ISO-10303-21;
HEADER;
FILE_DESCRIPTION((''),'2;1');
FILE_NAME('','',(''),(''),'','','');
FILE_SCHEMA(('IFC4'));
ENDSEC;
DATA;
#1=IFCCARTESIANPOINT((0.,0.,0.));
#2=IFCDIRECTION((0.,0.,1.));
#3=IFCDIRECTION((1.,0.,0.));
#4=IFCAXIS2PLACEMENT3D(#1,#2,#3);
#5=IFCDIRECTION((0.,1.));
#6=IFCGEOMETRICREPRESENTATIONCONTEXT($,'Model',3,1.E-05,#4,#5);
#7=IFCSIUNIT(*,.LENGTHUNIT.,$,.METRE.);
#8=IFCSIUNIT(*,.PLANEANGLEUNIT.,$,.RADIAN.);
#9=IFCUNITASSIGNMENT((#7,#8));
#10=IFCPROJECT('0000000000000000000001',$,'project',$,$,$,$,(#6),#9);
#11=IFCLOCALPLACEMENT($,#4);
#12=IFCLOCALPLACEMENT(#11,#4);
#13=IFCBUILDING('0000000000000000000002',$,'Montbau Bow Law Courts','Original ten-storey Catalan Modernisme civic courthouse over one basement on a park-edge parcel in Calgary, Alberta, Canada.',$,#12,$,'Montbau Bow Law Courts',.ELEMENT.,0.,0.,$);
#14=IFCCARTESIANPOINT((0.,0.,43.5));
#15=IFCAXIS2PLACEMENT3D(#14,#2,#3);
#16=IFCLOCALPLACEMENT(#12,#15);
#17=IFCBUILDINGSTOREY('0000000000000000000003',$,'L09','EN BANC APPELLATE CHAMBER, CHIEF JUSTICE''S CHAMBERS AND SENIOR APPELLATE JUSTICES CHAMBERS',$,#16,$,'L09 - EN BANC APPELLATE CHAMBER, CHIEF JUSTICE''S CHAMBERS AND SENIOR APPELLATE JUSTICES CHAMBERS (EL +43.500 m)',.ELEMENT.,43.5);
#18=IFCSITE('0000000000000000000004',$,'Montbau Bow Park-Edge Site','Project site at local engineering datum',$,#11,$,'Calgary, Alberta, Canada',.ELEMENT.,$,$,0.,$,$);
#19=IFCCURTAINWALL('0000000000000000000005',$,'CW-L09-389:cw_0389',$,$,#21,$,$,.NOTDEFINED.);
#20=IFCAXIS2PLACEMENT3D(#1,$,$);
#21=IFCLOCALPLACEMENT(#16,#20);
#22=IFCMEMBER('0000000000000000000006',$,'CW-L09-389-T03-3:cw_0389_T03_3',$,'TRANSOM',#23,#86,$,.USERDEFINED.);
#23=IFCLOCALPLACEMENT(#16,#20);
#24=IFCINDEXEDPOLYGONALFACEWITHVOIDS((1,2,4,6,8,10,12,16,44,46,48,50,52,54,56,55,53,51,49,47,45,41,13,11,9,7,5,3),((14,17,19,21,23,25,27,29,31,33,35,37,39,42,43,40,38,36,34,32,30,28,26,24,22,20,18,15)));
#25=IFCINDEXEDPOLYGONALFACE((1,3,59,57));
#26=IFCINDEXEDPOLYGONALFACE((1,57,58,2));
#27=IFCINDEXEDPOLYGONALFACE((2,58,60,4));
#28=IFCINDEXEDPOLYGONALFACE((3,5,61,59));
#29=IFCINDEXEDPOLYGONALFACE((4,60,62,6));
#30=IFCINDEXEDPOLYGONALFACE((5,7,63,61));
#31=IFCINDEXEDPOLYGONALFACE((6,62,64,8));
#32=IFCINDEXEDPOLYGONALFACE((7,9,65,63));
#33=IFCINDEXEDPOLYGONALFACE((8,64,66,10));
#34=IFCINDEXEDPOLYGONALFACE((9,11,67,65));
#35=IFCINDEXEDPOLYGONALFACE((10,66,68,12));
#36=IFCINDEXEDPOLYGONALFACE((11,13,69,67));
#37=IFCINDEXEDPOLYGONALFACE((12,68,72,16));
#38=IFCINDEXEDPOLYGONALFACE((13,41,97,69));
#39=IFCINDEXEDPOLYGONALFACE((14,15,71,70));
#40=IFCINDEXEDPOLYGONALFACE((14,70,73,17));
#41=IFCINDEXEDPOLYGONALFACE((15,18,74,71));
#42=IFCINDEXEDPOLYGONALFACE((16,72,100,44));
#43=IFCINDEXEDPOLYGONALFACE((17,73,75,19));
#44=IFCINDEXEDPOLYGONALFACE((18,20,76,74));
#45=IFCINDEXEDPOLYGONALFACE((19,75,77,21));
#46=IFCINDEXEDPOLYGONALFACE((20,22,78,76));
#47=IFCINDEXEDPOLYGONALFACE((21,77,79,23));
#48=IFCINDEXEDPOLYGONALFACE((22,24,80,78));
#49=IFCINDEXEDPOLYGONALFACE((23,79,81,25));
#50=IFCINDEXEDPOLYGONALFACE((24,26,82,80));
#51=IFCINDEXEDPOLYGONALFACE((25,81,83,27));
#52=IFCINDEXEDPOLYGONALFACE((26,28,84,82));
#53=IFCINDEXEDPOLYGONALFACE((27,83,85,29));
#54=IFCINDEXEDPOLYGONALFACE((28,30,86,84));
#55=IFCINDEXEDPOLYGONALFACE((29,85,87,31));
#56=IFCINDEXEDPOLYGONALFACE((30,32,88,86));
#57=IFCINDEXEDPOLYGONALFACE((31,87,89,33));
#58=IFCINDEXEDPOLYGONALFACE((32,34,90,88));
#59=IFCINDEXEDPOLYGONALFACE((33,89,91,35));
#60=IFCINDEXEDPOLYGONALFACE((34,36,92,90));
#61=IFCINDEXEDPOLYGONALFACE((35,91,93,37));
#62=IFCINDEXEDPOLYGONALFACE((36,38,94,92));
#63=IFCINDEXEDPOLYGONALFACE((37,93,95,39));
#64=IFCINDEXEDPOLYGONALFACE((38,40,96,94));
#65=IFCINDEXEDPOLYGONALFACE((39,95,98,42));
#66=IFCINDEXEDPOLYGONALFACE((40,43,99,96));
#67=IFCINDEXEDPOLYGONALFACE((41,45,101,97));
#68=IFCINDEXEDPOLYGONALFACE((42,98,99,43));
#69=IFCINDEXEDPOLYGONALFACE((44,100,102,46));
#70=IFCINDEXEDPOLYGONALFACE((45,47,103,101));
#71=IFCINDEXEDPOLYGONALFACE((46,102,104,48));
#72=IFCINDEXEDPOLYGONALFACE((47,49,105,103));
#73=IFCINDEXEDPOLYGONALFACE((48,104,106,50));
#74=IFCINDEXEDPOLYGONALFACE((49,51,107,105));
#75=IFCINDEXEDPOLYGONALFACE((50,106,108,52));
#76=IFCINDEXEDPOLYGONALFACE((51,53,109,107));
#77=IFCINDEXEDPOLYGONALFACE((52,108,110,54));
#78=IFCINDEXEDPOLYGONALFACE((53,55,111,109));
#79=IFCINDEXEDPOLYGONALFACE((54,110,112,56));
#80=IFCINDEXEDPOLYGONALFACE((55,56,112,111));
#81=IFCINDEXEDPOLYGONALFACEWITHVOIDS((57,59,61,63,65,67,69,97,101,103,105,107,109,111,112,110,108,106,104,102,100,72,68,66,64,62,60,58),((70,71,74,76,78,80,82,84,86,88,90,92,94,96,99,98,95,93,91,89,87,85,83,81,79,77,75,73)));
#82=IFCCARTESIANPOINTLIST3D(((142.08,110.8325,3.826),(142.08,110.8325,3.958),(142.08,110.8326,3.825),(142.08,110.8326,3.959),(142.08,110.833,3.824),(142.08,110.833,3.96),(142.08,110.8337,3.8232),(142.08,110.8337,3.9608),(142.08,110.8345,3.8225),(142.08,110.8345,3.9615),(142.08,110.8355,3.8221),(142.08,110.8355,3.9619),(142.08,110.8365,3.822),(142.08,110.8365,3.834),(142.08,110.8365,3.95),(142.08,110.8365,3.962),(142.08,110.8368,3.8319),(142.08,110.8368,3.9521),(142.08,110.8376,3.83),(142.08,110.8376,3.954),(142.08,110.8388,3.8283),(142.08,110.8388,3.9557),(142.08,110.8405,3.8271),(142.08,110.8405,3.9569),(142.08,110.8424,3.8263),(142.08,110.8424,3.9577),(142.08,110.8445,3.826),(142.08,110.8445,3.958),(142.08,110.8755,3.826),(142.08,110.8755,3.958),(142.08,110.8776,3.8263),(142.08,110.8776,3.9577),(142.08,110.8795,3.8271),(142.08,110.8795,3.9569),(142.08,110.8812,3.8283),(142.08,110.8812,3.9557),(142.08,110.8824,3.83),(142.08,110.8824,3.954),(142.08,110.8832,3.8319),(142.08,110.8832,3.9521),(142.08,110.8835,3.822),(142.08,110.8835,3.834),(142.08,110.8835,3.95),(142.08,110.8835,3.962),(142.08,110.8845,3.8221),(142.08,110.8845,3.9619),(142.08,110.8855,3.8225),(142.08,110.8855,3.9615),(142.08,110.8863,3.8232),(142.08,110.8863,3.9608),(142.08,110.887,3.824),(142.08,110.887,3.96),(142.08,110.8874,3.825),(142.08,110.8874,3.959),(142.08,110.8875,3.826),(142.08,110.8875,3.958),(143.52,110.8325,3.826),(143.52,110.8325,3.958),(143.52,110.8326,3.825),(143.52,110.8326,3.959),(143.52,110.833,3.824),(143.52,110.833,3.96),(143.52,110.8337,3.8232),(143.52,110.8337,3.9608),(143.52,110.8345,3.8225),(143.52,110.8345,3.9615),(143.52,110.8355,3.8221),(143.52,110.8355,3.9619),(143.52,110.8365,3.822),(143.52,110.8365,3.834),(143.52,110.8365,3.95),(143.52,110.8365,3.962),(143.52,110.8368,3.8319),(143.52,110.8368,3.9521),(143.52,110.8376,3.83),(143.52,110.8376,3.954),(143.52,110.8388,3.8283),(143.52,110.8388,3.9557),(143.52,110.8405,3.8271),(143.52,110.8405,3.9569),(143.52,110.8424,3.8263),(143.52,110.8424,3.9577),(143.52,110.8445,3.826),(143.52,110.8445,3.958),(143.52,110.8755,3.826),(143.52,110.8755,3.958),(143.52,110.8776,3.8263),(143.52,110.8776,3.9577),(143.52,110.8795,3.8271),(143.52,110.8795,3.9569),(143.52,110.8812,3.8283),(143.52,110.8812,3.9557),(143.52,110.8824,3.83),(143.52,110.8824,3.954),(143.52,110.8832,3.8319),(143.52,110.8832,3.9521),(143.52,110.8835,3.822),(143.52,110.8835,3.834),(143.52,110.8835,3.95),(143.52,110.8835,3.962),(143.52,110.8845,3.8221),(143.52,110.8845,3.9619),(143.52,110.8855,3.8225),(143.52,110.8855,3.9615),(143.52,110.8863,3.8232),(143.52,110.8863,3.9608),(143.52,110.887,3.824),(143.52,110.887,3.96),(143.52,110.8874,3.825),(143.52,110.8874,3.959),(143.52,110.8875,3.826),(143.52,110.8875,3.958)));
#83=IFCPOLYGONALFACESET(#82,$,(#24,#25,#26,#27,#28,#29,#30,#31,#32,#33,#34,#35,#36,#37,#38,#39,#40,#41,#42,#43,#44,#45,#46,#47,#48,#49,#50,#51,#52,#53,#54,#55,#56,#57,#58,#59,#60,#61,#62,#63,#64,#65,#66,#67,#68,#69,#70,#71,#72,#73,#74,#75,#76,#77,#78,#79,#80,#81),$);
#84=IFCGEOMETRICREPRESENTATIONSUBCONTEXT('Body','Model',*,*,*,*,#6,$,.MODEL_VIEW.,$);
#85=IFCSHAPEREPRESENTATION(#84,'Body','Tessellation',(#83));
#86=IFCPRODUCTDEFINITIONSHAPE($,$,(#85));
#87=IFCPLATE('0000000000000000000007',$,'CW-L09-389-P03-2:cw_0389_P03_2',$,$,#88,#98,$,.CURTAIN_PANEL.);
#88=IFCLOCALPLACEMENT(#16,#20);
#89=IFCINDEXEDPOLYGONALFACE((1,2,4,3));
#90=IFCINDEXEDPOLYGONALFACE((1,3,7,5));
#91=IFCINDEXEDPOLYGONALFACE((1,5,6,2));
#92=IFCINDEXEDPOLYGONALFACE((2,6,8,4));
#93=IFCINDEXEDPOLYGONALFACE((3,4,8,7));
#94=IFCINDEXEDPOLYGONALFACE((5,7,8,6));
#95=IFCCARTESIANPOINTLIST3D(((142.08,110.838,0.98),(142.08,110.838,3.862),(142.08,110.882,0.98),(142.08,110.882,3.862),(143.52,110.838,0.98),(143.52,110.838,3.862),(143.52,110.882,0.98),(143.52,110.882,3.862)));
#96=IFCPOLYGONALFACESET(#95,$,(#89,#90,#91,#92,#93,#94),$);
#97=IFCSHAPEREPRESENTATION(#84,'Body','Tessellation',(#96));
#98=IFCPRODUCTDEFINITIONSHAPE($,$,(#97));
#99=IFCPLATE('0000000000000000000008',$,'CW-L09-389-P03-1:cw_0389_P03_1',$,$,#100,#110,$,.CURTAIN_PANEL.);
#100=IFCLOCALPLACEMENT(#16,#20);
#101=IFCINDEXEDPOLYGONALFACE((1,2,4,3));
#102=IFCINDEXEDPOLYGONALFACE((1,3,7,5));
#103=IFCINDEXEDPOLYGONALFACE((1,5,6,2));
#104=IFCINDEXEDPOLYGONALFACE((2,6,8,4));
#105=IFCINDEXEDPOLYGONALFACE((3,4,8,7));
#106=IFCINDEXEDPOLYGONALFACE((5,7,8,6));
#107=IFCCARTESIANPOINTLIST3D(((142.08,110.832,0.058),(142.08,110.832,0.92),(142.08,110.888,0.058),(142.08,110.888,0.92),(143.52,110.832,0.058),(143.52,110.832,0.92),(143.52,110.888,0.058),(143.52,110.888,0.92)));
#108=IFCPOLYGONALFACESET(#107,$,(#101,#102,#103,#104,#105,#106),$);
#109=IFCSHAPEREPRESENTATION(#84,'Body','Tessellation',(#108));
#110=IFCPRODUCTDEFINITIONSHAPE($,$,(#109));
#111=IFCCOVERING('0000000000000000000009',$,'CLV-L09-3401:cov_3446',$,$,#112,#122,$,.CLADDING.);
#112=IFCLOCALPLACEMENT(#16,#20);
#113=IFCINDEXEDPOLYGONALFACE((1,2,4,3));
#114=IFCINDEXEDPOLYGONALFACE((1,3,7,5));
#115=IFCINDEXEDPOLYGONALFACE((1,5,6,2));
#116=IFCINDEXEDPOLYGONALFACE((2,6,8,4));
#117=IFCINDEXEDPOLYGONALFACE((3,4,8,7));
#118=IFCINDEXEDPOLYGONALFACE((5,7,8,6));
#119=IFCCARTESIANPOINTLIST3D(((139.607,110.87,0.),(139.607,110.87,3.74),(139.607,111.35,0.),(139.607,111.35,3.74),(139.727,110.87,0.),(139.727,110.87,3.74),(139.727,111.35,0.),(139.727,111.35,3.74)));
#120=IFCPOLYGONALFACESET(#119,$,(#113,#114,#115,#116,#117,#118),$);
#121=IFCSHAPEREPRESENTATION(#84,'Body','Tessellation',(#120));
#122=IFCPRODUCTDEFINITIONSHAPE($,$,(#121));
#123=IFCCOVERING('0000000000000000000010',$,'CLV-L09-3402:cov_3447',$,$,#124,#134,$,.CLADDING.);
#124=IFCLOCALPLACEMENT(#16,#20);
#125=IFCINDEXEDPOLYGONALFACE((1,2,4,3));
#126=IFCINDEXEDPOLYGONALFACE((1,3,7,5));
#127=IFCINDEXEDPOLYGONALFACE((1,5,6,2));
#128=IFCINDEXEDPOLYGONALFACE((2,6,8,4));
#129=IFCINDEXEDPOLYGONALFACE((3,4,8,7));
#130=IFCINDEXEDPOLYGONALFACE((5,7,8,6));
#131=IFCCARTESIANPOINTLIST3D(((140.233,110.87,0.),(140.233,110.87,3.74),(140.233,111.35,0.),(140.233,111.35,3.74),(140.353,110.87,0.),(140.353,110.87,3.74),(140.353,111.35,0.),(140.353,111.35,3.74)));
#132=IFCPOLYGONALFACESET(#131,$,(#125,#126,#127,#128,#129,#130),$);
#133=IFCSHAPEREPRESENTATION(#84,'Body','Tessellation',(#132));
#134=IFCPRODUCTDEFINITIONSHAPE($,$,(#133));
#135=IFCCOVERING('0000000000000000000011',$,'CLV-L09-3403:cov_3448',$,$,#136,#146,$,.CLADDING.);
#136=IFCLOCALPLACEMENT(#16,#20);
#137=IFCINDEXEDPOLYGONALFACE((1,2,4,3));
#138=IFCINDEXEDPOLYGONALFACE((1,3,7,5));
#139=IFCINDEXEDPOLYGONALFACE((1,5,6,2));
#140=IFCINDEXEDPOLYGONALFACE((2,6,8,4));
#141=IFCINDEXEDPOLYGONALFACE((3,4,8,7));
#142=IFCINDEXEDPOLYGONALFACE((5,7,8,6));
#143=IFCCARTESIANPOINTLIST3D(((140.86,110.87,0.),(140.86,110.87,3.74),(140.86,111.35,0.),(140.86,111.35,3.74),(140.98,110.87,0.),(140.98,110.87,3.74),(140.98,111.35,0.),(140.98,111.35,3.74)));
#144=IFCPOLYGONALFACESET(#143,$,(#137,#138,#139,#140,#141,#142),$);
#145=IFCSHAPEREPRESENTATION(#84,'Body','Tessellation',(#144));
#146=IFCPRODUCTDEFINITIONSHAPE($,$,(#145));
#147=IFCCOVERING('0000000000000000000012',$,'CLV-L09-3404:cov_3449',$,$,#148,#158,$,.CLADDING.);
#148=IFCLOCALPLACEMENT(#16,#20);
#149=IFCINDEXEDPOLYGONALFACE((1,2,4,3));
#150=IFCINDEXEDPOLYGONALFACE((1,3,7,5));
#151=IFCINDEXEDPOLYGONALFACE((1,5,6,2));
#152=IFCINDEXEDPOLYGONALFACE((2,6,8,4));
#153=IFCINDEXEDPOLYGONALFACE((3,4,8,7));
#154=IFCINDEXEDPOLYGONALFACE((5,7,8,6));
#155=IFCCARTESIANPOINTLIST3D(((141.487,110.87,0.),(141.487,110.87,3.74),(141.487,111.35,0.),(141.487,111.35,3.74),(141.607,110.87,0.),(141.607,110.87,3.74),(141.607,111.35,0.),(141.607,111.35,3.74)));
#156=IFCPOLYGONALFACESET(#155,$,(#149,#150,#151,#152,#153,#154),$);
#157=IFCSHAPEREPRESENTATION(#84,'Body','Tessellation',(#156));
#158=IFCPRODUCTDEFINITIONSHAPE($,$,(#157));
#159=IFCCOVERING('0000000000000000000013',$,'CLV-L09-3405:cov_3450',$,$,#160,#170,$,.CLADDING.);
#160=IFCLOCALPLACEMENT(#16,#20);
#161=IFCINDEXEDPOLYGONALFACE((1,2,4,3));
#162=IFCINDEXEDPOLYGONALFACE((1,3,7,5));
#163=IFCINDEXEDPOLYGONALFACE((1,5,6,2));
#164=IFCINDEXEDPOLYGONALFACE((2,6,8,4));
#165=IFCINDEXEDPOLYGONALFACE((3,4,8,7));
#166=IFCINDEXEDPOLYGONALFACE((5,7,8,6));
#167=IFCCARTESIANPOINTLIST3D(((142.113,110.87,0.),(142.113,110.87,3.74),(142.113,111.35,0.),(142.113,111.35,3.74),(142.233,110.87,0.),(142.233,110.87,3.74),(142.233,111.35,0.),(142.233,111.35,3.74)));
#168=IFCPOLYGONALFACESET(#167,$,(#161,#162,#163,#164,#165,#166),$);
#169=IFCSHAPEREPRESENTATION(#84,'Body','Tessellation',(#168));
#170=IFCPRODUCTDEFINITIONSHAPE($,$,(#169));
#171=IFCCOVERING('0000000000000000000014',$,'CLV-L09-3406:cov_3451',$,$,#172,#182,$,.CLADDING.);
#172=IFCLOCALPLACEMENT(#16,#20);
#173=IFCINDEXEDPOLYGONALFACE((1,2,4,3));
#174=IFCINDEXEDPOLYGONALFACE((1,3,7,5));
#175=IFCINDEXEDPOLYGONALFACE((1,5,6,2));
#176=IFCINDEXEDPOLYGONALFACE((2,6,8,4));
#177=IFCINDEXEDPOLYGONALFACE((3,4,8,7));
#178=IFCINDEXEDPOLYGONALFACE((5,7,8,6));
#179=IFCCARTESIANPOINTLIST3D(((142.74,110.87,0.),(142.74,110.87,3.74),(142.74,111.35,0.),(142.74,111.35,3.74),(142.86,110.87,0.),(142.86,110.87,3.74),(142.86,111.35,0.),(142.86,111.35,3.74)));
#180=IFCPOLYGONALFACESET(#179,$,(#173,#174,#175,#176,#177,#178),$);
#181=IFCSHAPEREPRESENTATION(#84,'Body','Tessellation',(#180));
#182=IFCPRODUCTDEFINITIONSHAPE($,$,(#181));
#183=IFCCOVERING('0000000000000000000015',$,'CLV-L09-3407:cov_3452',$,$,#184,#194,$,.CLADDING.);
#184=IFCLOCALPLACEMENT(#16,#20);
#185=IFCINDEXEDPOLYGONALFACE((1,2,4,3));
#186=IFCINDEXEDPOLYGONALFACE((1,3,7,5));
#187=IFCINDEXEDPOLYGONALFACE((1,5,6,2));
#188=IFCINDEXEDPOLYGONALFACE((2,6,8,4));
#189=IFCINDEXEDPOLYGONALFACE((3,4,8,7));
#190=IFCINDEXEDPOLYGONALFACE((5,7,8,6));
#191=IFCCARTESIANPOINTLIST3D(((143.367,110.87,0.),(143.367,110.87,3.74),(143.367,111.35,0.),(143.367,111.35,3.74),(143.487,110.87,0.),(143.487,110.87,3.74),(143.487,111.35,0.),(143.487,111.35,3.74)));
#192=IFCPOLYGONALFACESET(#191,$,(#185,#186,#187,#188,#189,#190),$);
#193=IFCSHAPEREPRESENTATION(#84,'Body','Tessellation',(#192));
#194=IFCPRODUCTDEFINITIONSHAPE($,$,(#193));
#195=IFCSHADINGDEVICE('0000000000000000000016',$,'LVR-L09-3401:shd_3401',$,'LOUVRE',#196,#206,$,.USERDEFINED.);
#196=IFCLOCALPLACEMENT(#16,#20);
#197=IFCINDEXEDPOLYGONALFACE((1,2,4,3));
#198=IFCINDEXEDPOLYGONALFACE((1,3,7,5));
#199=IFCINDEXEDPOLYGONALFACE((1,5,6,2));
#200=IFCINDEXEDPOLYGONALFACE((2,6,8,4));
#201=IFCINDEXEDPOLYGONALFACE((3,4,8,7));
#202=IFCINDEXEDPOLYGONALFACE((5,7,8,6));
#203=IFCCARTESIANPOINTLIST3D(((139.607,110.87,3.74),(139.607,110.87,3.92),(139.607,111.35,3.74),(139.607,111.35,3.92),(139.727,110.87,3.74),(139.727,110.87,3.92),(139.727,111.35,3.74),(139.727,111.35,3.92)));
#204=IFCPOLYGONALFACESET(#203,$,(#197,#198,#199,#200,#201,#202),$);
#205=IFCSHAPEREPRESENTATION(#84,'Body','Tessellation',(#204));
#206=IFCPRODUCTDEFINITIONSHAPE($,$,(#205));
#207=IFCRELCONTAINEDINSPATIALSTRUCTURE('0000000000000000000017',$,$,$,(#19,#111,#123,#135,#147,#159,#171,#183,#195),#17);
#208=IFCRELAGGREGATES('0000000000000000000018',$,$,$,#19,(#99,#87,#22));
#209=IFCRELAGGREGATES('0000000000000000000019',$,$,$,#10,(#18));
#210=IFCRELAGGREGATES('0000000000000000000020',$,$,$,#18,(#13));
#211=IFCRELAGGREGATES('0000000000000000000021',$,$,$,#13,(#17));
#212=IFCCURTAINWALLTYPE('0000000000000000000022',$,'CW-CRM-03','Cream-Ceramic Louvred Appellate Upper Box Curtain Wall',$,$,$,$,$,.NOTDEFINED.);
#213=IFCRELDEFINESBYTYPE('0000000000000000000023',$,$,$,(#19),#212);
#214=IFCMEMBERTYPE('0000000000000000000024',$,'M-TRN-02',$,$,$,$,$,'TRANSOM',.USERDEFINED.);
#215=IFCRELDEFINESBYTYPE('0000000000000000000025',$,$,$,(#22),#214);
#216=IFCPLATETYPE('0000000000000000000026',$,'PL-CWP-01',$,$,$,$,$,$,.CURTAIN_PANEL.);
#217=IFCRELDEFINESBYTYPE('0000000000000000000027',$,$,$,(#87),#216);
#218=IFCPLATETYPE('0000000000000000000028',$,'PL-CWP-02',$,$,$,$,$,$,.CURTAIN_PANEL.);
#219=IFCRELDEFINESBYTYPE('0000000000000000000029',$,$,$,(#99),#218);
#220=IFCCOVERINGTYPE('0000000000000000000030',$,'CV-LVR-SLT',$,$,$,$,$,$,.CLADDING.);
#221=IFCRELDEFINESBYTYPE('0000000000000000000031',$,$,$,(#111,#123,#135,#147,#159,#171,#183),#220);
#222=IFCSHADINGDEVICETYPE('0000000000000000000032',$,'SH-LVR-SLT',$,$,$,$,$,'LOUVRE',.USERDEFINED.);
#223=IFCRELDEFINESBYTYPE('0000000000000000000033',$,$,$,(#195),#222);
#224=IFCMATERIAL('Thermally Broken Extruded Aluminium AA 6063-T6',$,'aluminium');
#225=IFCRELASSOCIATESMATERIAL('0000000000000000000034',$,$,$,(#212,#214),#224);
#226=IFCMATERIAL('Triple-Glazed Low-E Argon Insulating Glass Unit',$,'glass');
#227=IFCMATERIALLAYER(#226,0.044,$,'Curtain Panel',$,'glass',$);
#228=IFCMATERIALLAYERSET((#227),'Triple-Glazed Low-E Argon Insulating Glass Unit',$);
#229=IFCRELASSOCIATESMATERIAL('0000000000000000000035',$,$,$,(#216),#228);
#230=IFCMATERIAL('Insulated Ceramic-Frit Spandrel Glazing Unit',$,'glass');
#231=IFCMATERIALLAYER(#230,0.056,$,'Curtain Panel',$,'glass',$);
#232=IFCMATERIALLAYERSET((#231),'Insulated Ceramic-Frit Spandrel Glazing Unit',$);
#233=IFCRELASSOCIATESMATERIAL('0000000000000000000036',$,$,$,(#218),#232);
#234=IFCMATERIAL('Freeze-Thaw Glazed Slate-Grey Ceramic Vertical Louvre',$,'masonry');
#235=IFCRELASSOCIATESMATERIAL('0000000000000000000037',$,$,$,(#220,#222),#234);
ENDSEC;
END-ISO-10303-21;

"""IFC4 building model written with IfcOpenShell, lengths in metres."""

from ifc_helpers import new_model, si_unit, direction, frame, frame_2d, origin_with_axes, origin_2d_with_axis, place, context, subcontext, project, spatial, rectangle, hollow_rectangle, extrude, material, layer, layer_set, material_profile, profile_set, type_object, element, aggregate, save


model = new_model("IFC4")

# Units and contexts
model_context = context("Model", 3, precision=1e-05, world=origin_with_axes(), true_north=direction((0.0, 1.0)))
body_context = subcontext(model_context, "Body", "Model", "MODEL_VIEW")
ifc_project = project(units=[si_unit("LENGTHUNIT", "METRE"), si_unit("PLANEANGLEUNIT", "RADIAN")], contexts=[model_context])

# Site, building, storey
site_placement = place(None, origin_with_axes())
site = spatial("IfcSite", under=ifc_project, at=site_placement, Name="Montbau Bow Park-Edge Site", Description="Project site at local engineering datum", LongName="Calgary, Alberta, Canada", CompositionType="ELEMENT", RefElevation=0.0)
building_placement = place(site_placement, origin_with_axes())
building = spatial("IfcBuilding", under=site, at=building_placement, Name="Montbau Bow Law Courts", Description="Original ten-storey Catalan Modernisme civic courthouse over one basement on a park-edge parcel in Calgary, Alberta, Canada.", LongName="Montbau Bow Law Courts", CompositionType="ELEMENT", ElevationOfRefHeight=0.0, ElevationOfTerrain=0.0)
storey_placement = place(building_placement, frame((0.0, 0.0, 43.5), z_axis=(0.0, 0.0, 1.0), x_axis=(1.0, 0.0, 0.0)))
storey = spatial("IfcBuildingStorey", under=building, at=storey_placement, Name="L09", Description="EN BANC APPELLATE CHAMBER, CHIEF JUSTICE'S CHAMBERS AND SENIOR APPELLATE JUSTICES CHAMBERS", LongName="L09 - EN BANC APPELLATE CHAMBER, CHIEF JUSTICE'S CHAMBERS AND SENIOR APPELLATE JUSTICES CHAMBERS (EL +43.500 m)", CompositionType="ELEMENT", Elevation=43.5)

# Curtain wall, member, plates
ifc_material_1 = material(Name="Thermally Broken Extruded Aluminium AA 6063-T6", Category="aluminium")
curtain_wall_type = type_object("IfcCurtainWallType", Name="CW-CRM-03", Description="Cream-Ceramic Louvred Appellate Upper Box Curtain Wall", PredefinedType="NOTDEFINED", material=ifc_material_1)
curtain_wall_placement = place(None, frame((139.04, 110.86, 43.5), z_axis=(0.0, 0.0, 1.0), x_axis=(1.0, 0.0, 0.0)))
curtain_wall = element("IfcCurtainWall", 1, at=curtain_wall_placement, inside=storey, type_object=curtain_wall_type, Name="CW-L09-389:cw_0389", PredefinedType="NOTDEFINED")
ifc_material_profile_1 = material_profile(ifc_material_1, hollow_rectangle(XDim=0.055, YDim=0.14, WallThickness=0.004, InnerFilletRadius=0.008, OuterFilletRadius=0.004, at=origin_2d_with_axis()), Name="CWT-140X55", Category="Main", Priority=0)
ifc_profile_set_1 = profile_set([ifc_material_profile_1], Name="Thermally Broken Extruded Aluminium AA 6063-T6")
member_type_1 = type_object("IfcMemberType", Name="M-TRN-02", ElementType="TRANSOM", PredefinedType="USERDEFINED", material=ifc_profile_set_1)
member_1_placement = place(None, frame((142.08, 110.86, 47.392), z_axis=(1.0, 0.0, 0.0), x_axis=(0.0, 1.0, 0.0)))
member_1 = element("IfcMember", 2, at=member_1_placement, type_object=member_type_1, Name="CW-L09-389-T03-3:cw_0389_T03_3", ObjectType="TRANSOM", PredefinedType="USERDEFINED", context=body_context, shape_type="SweptSolid", body=[
    extrude(hollow_rectangle(XDim=0.055, YDim=0.14, WallThickness=0.004, InnerFilletRadius=0.008, OuterFilletRadius=0.004, at=origin_2d_with_axis()), origin_with_axes(), (0.0, 0.0, 1.0), 1.44),
])
ifc_material_2 = material(Name="Triple-Glazed Low-E Argon Insulating Glass Unit", Category="glass")
ifc_layer_1 = layer(ifc_material_2, 0.044, Name="Curtain Panel", Category="glass")
ifc_layer_set_1 = layer_set([ifc_layer_1], Name="Triple-Glazed Low-E Argon Insulating Glass Unit")
plate_type_1 = type_object("IfcPlateType", Name="PL-CWP-01", PredefinedType="CURTAIN_PANEL", material=ifc_layer_set_1)
plate_1_placement = place(None, frame((142.08, 110.86, 44.48), z_axis=(0.0, -1.0, 0.0), x_axis=(1.0, 0.0, 0.0)))
plate_1 = element("IfcPlate", 3, at=plate_1_placement, type_object=plate_type_1, Name="CW-L09-389-P03-2:cw_0389_P03_2", PredefinedType="CURTAIN_PANEL", context=body_context, shape_type="SweptSolid", body=[
    extrude(rectangle(XDim=1.44, YDim=2.882, at=frame_2d((0.72, 1.441), x_axis=(1.0, 0.0))), frame((0.0, 0.0, -0.022), z_axis=(0.0, 0.0, 1.0), x_axis=(1.0, 0.0, 0.0)), (0.0, 0.0, 1.0), 0.044),
])
ifc_material_3 = material(Name="Insulated Ceramic-Frit Spandrel Glazing Unit", Category="glass")
ifc_layer_2 = layer(ifc_material_3, 0.056, Name="Curtain Panel", Category="glass")
ifc_layer_set_2 = layer_set([ifc_layer_2], Name="Insulated Ceramic-Frit Spandrel Glazing Unit")
plate_type_2 = type_object("IfcPlateType", Name="PL-CWP-02", PredefinedType="CURTAIN_PANEL", material=ifc_layer_set_2)
plate_2_placement = place(None, frame((142.08, 110.86, 43.558), z_axis=(0.0, -1.0, 0.0), x_axis=(1.0, 0.0, 0.0)))
plate_2 = element("IfcPlate", 4, at=plate_2_placement, type_object=plate_type_2, Name="CW-L09-389-P03-1:cw_0389_P03_1", PredefinedType="CURTAIN_PANEL", context=body_context, shape_type="SweptSolid", body=[
    extrude(rectangle(XDim=1.44, YDim=0.862, at=frame_2d((0.72, 0.431), x_axis=(1.0, 0.0))), frame((0.0, 0.0, -0.028), z_axis=(0.0, 0.0, 1.0), x_axis=(1.0, 0.0, 0.0)), (0.0, 0.0, 1.0), 0.056),
])
aggregate(curtain_wall, [plate_2, plate_1, member_1])

# Coverings
ifc_material_4 = material(Name="Freeze-Thaw Glazed Slate-Grey Ceramic Vertical Louvre", Category="masonry")
covering_type = type_object("IfcCoveringType", Name="CV-LVR-SLT", PredefinedType="CLADDING", material=ifc_material_4)
for number, where, z_axis, x_axis, name in (
    (5, (139.667, 110.87, 43.5), (1.0, 0.0, 0.0), (0.0, 1.0, 0.0), "CLV-L09-3401:cov_3446"),
    (6, (140.293, 110.87, 43.5), (1.0, 0.0, 0.0), (0.0, 1.0, 0.0), "CLV-L09-3402:cov_3447"),
    (7, (140.92, 110.87, 43.5), (1.0, 0.0, 0.0), (0.0, 1.0, 0.0), "CLV-L09-3403:cov_3448"),
    (8, (141.547, 110.87, 43.5), (1.0, 0.0, 0.0), (0.0, 1.0, 0.0), "CLV-L09-3404:cov_3449"),
    (9, (142.173, 110.87, 43.5), (1.0, 0.0, 0.0), (0.0, 1.0, 0.0), "CLV-L09-3405:cov_3450"),
    (10, (142.8, 110.87, 43.5), (1.0, 0.0, 0.0), (0.0, 1.0, 0.0), "CLV-L09-3406:cov_3451"),
    (11, (143.427, 110.87, 43.5), (1.0, 0.0, 0.0), (0.0, 1.0, 0.0), "CLV-L09-3407:cov_3452"),
):
    element("IfcCovering", number, at=place(None, frame(where, z_axis=z_axis, x_axis=x_axis)), inside=storey, type_object=covering_type, Name=name, PredefinedType="CLADDING", context=body_context, shape_type="SweptSolid", body=[
        extrude(rectangle(XDim=0.48, YDim=3.74, at=frame_2d((0.24, 1.87), x_axis=(1.0, 0.0))), frame((0.0, 0.0, -0.06), z_axis=(0.0, 0.0, 1.0), x_axis=(1.0, 0.0, 0.0)), (0.0, 0.0, 1.0), 0.12),
    ])

# Shading device
shading_device_type = type_object("IfcShadingDeviceType", Name="SH-LVR-SLT", ElementType="LOUVRE", PredefinedType="USERDEFINED", material=ifc_material_4)
for number, where, z_axis, x_axis, name in (
    (12, (139.667, 111.11, 47.24), (0.0, 0.0, 1.0), (0.0, 1.0, 0.0), "LVR-L09-3401:shd_3401"),
):
    element("IfcShadingDevice", number, at=place(None, frame(where, z_axis=z_axis, x_axis=x_axis)), inside=storey, type_object=shading_device_type, Name=name, ObjectType="LOUVRE", PredefinedType="USERDEFINED", context=body_context, shape_type="SweptSolid", body=[
        extrude(rectangle(XDim=0.48, YDim=0.12, at=origin_2d_with_axis()), origin_with_axes(), (0.0, 0.0, 1.0), 0.18),
    ])

save(model, "model.ifc")
